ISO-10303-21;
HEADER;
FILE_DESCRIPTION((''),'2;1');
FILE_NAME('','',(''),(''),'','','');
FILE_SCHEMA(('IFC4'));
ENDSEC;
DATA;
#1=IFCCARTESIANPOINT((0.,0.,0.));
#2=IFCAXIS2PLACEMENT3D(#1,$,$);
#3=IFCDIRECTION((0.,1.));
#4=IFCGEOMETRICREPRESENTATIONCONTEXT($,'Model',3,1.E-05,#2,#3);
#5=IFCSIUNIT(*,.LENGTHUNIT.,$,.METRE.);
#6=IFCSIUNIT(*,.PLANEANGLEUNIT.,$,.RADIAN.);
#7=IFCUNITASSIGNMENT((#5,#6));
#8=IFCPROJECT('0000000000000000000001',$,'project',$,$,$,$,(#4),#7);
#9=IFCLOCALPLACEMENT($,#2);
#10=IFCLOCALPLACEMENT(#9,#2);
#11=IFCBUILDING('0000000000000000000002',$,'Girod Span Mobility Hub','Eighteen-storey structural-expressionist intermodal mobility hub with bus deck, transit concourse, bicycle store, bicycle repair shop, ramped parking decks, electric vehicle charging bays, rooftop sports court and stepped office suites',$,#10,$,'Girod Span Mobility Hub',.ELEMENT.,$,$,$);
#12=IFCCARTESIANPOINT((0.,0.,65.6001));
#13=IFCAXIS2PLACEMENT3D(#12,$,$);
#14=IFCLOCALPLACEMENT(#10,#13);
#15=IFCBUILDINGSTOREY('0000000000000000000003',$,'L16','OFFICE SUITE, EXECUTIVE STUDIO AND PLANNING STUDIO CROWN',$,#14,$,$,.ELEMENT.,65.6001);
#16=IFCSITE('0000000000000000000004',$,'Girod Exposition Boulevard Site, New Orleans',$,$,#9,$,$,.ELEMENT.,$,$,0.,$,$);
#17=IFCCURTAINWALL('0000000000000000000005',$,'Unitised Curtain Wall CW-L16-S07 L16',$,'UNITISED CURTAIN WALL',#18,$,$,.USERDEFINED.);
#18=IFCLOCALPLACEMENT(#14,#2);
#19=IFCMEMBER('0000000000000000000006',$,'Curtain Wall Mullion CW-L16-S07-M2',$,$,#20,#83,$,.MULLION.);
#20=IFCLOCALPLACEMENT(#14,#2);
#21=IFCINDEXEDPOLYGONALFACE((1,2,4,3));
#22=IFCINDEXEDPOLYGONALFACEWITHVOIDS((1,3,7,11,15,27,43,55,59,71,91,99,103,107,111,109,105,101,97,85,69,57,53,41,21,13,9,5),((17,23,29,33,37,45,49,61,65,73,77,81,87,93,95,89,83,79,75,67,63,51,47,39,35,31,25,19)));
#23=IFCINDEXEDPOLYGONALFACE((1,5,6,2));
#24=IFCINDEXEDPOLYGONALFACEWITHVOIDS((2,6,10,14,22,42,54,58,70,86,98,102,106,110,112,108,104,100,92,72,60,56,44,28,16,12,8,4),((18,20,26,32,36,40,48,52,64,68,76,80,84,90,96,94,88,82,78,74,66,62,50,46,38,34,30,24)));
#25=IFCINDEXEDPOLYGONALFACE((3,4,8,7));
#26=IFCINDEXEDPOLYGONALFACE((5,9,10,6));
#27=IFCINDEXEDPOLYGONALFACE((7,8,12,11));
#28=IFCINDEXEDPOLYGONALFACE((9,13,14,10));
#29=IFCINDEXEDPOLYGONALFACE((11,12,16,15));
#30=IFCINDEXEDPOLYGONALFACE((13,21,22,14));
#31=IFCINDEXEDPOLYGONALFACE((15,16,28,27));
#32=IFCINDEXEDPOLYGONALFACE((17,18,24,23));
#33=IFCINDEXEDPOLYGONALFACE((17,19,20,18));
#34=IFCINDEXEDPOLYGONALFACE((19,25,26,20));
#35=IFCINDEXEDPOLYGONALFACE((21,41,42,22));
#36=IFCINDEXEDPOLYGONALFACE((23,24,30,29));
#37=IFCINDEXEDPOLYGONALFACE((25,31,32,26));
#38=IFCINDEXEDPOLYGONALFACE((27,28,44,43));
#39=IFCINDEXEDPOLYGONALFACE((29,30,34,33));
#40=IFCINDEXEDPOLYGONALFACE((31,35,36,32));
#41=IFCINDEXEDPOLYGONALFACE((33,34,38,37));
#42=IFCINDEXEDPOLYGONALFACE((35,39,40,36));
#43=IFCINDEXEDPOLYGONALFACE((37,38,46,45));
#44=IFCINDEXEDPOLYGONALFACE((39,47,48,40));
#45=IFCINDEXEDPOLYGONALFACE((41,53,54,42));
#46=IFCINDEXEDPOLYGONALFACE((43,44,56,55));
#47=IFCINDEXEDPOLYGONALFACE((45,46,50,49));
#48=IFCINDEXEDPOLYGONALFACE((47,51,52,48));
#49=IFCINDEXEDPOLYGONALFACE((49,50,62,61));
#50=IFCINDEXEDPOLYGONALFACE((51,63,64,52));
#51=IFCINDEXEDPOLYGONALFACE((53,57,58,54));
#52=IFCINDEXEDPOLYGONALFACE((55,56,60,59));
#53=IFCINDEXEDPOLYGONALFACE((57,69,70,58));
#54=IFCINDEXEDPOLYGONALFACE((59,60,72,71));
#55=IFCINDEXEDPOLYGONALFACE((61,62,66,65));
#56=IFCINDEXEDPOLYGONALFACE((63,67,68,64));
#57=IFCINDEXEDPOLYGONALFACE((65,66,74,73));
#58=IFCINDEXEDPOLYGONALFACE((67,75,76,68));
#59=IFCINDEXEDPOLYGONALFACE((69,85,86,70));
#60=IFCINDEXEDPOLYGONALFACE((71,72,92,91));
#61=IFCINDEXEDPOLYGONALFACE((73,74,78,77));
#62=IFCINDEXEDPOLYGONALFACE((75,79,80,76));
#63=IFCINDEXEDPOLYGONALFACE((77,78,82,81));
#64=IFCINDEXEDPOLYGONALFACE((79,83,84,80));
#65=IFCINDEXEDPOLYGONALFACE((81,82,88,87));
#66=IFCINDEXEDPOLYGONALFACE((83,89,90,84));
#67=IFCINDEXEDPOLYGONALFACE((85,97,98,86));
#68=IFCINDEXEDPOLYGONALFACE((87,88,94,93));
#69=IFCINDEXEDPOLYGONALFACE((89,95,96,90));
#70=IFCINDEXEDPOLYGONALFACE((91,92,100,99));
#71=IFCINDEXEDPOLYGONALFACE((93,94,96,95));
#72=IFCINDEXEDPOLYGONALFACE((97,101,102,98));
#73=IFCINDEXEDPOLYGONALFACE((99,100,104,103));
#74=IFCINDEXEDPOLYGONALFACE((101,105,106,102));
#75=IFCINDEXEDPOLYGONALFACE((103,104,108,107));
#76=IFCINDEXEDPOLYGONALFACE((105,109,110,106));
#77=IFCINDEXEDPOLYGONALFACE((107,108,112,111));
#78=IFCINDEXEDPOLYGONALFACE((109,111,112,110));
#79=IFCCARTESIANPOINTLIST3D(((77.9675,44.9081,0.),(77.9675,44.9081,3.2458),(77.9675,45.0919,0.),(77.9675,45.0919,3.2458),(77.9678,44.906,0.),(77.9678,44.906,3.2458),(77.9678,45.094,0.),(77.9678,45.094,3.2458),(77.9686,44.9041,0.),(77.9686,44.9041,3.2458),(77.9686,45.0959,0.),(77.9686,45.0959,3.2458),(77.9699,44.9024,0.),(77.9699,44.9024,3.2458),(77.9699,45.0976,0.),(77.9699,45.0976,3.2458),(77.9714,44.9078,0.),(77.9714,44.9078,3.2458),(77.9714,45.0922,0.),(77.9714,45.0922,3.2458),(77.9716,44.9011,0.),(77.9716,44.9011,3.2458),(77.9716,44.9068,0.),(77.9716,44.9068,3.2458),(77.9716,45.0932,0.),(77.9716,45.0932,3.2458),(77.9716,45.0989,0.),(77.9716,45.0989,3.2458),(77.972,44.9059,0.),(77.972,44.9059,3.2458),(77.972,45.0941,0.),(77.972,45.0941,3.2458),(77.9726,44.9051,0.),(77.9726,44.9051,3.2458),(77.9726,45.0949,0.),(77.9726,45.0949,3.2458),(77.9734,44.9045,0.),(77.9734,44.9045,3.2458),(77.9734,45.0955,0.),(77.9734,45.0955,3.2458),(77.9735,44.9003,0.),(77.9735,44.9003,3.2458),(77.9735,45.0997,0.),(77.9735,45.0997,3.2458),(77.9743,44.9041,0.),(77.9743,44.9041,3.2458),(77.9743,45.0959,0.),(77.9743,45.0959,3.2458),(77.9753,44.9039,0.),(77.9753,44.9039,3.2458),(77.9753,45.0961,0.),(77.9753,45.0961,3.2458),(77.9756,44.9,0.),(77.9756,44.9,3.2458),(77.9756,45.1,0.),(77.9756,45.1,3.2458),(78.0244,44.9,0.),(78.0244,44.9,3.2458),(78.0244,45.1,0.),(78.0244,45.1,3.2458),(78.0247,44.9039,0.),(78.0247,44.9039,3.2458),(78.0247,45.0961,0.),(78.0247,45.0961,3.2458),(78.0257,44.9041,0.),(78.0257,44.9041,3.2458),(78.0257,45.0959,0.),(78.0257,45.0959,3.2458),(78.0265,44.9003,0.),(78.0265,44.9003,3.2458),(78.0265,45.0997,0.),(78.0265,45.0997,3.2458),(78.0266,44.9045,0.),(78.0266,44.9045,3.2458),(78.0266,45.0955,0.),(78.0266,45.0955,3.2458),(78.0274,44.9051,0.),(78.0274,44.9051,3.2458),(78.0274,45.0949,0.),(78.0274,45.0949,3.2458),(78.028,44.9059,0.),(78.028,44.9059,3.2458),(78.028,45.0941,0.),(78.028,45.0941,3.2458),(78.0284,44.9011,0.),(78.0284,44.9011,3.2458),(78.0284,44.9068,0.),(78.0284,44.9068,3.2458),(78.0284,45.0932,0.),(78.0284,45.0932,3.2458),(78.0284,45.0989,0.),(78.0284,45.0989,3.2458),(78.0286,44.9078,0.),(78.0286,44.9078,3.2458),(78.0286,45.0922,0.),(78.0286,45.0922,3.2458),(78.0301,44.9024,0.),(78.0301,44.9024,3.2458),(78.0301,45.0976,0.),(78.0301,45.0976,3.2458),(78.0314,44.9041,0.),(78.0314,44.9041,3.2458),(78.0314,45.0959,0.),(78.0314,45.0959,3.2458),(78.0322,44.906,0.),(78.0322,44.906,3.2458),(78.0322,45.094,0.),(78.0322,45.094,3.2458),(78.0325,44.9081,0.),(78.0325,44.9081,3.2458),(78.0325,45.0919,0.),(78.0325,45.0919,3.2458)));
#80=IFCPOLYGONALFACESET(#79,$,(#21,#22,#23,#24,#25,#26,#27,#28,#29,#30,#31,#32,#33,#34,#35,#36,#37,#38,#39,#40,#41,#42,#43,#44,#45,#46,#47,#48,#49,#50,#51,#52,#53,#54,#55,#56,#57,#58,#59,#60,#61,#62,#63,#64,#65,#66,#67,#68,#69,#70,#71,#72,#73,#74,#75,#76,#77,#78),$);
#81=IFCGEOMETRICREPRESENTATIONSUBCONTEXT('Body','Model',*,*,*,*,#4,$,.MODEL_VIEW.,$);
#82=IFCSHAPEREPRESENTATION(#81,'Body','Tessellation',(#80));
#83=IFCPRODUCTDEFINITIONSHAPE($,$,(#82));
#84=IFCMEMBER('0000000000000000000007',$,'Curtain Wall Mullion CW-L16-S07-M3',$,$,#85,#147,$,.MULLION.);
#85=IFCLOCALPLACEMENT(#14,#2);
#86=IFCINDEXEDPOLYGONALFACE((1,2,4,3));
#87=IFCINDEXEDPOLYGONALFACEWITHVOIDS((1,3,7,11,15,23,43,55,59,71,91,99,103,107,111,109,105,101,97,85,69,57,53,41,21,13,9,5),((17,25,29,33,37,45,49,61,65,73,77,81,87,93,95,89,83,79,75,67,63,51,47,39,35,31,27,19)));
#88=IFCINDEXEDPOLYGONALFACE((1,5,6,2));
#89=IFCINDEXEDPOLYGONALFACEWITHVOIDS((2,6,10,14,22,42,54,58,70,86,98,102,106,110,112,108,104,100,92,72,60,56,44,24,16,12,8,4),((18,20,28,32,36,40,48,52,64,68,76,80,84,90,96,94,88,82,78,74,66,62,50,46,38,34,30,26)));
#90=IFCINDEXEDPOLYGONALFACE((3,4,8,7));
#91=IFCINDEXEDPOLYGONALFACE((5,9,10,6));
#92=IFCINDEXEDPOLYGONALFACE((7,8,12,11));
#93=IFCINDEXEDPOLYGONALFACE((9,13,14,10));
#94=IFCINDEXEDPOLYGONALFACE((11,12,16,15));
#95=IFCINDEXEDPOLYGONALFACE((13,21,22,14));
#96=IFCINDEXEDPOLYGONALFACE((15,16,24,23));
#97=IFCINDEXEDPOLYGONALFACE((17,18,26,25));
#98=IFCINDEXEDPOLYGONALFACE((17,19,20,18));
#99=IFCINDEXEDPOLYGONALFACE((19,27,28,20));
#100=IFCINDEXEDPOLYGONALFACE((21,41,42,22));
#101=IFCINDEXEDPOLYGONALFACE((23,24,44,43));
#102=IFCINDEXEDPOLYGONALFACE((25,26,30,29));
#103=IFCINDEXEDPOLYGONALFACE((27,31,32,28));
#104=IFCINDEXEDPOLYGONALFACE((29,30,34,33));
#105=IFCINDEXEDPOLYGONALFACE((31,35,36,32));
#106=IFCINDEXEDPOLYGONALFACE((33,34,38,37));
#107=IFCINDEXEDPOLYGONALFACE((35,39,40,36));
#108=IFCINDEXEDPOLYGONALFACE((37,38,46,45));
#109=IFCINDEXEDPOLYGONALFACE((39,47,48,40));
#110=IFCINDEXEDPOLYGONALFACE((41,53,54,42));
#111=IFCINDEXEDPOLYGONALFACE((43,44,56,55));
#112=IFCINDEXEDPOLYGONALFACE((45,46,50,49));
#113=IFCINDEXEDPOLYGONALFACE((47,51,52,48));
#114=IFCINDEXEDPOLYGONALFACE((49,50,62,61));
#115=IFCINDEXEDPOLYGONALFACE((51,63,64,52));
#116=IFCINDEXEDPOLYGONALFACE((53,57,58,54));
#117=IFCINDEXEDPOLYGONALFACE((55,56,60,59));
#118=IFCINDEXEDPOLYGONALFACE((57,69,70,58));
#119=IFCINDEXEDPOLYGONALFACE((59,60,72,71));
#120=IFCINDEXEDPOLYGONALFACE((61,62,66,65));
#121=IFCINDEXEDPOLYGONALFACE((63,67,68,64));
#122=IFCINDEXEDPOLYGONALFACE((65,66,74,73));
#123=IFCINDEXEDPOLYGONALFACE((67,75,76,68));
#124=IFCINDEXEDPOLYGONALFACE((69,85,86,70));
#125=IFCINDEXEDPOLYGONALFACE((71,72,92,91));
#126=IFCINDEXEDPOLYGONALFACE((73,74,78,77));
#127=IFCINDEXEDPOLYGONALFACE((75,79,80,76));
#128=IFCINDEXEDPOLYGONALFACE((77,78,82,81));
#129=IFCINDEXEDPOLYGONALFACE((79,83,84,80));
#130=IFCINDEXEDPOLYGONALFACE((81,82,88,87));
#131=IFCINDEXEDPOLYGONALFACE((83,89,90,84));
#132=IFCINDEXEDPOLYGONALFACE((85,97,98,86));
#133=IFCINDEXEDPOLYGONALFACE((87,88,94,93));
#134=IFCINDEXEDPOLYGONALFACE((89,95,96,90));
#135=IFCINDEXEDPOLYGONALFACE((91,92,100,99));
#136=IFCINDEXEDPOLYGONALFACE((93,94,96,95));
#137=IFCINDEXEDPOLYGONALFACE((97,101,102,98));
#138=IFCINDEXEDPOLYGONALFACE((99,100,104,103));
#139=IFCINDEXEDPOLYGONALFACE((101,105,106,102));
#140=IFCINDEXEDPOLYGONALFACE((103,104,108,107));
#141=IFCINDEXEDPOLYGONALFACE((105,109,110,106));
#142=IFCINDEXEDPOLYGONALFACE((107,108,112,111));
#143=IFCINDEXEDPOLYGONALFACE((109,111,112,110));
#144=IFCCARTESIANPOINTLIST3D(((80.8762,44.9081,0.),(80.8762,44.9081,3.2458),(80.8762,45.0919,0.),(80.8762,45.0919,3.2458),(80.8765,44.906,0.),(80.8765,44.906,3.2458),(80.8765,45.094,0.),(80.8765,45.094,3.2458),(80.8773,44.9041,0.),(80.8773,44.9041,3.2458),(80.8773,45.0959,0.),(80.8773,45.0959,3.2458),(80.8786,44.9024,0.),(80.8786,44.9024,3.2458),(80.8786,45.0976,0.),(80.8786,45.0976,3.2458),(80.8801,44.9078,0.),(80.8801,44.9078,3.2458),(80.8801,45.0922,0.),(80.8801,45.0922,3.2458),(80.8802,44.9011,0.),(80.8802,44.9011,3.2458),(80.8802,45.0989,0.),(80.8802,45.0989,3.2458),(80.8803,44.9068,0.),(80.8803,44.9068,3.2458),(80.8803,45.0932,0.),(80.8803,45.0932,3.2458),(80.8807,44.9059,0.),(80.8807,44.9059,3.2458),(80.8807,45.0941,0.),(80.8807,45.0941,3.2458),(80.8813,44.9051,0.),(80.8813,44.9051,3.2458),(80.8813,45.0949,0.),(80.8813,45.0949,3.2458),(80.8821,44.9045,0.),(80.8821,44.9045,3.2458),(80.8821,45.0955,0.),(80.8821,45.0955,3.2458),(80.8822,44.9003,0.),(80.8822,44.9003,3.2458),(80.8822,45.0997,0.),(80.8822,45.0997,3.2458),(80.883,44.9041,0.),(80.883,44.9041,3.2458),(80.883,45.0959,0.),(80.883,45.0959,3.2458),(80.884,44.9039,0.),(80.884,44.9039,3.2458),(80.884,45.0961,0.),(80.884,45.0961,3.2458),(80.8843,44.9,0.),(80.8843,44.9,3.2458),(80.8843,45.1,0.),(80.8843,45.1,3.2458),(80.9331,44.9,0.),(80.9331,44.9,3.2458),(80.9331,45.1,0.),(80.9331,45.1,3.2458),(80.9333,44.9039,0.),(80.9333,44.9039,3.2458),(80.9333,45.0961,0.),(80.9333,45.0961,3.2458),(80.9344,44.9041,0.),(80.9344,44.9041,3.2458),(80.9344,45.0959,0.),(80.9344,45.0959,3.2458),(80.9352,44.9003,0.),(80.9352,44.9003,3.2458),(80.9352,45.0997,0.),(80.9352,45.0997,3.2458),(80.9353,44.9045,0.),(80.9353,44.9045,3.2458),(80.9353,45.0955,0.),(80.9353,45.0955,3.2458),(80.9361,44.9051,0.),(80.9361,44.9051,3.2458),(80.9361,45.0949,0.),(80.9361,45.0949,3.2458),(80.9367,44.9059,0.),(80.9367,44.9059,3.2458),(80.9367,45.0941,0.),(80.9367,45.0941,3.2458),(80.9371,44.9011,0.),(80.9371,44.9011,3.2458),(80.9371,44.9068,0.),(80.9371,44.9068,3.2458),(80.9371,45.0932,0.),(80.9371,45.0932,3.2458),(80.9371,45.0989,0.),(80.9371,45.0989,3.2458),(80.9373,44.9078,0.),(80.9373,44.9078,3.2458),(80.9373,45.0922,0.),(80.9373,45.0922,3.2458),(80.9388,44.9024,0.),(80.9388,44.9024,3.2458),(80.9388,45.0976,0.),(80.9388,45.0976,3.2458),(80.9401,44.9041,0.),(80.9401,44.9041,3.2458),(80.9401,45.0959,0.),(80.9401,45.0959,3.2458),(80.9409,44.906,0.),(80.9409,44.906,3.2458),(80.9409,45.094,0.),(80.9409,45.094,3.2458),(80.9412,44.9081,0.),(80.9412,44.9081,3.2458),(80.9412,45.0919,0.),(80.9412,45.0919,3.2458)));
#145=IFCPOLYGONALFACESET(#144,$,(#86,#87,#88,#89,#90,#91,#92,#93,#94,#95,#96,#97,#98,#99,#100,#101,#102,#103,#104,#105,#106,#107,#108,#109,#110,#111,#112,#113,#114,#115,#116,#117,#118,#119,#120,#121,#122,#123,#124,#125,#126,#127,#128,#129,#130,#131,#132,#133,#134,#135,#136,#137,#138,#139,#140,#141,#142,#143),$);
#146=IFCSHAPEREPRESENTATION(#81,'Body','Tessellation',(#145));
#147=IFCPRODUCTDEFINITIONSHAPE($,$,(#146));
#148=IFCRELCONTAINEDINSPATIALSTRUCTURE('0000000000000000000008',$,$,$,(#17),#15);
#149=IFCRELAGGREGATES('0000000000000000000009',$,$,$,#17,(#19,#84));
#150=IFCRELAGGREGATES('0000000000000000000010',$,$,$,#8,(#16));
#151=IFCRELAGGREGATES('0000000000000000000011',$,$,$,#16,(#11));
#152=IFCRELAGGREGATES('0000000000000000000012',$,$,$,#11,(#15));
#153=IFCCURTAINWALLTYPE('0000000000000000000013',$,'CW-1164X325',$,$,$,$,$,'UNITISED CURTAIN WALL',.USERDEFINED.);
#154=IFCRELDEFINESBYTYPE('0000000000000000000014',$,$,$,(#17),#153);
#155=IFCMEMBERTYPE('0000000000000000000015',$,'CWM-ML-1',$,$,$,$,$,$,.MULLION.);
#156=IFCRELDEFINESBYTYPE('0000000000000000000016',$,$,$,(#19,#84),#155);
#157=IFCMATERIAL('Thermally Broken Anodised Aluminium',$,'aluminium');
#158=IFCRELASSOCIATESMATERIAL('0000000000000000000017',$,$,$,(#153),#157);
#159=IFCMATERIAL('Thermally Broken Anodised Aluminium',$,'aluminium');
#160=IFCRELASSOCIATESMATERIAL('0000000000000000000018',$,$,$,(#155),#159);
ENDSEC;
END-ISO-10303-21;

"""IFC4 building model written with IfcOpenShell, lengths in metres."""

from ifc_helpers import new_model, si_unit, direction, frame, origin, origin_2d, place, context, subcontext, project, spatial, hollow_rectangle, extrude, material, material_profile, profile_set, type_object, element, aggregate, save


model = new_model("IFC4")

# Units and contexts
model_context = context("Model", 3, precision=1e-05, world=origin(), true_north=direction((0.0, 1.0)))
body_context = subcontext(model_context, "Body", "Model", "MODEL_VIEW")
ifc_project = project(units=[si_unit("LENGTHUNIT", "METRE"), si_unit("PLANEANGLEUNIT", "RADIAN")], contexts=[model_context])

# Site, building, storey
site_placement = place(None, origin())
site = spatial("IfcSite", under=ifc_project, at=site_placement, Name="Girod Exposition Boulevard Site, New Orleans", CompositionType="ELEMENT", RefElevation=0.0)
building_placement = place(site_placement, origin())
building = spatial("IfcBuilding", under=site, at=building_placement, Name="Girod Span Mobility Hub", Description="Eighteen-storey structural-expressionist intermodal mobility hub with bus deck, transit concourse, bicycle store, bicycle repair shop, ramped parking decks, electric vehicle charging bays, rooftop sports court and stepped office suites", LongName="Girod Span Mobility Hub", CompositionType="ELEMENT")
storey_placement = place(building_placement, frame((0.0, 0.0, 65.6001)))
storey = spatial("IfcBuildingStorey", under=building, at=storey_placement, Name="L16", Description="OFFICE SUITE, EXECUTIVE STUDIO AND PLANNING STUDIO CROWN", CompositionType="ELEMENT", Elevation=65.6001)

# Curtain wall, members
ifc_material_1 = material(Name="Thermally Broken Anodised Aluminium", Category="aluminium")
curtain_wall_type = type_object("IfcCurtainWallType", Name="CW-1164X325", ElementType="UNITISED CURTAIN WALL", PredefinedType="USERDEFINED", material=ifc_material_1)
ifc_material_2 = material(Name="Thermally Broken Anodised Aluminium", Category="aluminium")
ifc_material_profile_1 = material_profile(ifc_material_2, hollow_rectangle(XDim=0.2, YDim=0.0649, WallThickness=0.0039, InnerFilletRadius=0.0039, OuterFilletRadius=0.0081, at=origin_2d()), Name="CW-ML-65X200")
ifc_profile_set_1 = profile_set([ifc_material_profile_1], Name="Thermally Broken Anodised Aluminium")
member_type_1 = type_object("IfcMemberType", Name="CWM-ML-1", PredefinedType="MULLION", material=ifc_profile_set_1)
curtain_wall_1_placement = place(storey_placement, origin())
curtain_wall_1 = element("IfcCurtainWall", 1, at=curtain_wall_1_placement, inside=storey, type_object=curtain_wall_type, Name="Unitised Curtain Wall CW-L16-S07 L16", ObjectType="UNITISED CURTAIN WALL", PredefinedType="USERDEFINED")
member_1_placement = place(storey_placement, frame((78.0, 45.0, 0.0), z_axis=(0.0, 0.0, 1.0), x_axis=(0.0, 1.0, 0.0)))
member_1 = element("IfcMember", 2, at=member_1_placement, type_object=member_type_1, Name="Curtain Wall Mullion CW-L16-S07-M2", PredefinedType="MULLION", context=body_context, shape_type="SweptSolid", body=[
    extrude(hollow_rectangle(XDim=0.2, YDim=0.0649, WallThickness=0.0039, InnerFilletRadius=0.0039, OuterFilletRadius=0.0081, at=origin_2d()), origin(), (0.0, 0.0, 1.0), 3.2458),
])
member_2_placement = place(storey_placement, frame((80.9087, 45.0, 0.0), z_axis=(0.0, 0.0, 1.0), x_axis=(0.0, 1.0, 0.0)))
member_2 = element("IfcMember", 3, at=member_2_placement, type_object=member_type_1, Name="Curtain Wall Mullion CW-L16-S07-M3", PredefinedType="MULLION", context=body_context, shape_type="SweptSolid", body=[
    extrude(hollow_rectangle(XDim=0.2, YDim=0.0649, WallThickness=0.0039, InnerFilletRadius=0.0039, OuterFilletRadius=0.0081, at=origin_2d()), origin(), (0.0, 0.0, 1.0), 3.2458),
])

aggregate(curtain_wall_1, [member_1, member_2])

save(model, "model.ifc")
